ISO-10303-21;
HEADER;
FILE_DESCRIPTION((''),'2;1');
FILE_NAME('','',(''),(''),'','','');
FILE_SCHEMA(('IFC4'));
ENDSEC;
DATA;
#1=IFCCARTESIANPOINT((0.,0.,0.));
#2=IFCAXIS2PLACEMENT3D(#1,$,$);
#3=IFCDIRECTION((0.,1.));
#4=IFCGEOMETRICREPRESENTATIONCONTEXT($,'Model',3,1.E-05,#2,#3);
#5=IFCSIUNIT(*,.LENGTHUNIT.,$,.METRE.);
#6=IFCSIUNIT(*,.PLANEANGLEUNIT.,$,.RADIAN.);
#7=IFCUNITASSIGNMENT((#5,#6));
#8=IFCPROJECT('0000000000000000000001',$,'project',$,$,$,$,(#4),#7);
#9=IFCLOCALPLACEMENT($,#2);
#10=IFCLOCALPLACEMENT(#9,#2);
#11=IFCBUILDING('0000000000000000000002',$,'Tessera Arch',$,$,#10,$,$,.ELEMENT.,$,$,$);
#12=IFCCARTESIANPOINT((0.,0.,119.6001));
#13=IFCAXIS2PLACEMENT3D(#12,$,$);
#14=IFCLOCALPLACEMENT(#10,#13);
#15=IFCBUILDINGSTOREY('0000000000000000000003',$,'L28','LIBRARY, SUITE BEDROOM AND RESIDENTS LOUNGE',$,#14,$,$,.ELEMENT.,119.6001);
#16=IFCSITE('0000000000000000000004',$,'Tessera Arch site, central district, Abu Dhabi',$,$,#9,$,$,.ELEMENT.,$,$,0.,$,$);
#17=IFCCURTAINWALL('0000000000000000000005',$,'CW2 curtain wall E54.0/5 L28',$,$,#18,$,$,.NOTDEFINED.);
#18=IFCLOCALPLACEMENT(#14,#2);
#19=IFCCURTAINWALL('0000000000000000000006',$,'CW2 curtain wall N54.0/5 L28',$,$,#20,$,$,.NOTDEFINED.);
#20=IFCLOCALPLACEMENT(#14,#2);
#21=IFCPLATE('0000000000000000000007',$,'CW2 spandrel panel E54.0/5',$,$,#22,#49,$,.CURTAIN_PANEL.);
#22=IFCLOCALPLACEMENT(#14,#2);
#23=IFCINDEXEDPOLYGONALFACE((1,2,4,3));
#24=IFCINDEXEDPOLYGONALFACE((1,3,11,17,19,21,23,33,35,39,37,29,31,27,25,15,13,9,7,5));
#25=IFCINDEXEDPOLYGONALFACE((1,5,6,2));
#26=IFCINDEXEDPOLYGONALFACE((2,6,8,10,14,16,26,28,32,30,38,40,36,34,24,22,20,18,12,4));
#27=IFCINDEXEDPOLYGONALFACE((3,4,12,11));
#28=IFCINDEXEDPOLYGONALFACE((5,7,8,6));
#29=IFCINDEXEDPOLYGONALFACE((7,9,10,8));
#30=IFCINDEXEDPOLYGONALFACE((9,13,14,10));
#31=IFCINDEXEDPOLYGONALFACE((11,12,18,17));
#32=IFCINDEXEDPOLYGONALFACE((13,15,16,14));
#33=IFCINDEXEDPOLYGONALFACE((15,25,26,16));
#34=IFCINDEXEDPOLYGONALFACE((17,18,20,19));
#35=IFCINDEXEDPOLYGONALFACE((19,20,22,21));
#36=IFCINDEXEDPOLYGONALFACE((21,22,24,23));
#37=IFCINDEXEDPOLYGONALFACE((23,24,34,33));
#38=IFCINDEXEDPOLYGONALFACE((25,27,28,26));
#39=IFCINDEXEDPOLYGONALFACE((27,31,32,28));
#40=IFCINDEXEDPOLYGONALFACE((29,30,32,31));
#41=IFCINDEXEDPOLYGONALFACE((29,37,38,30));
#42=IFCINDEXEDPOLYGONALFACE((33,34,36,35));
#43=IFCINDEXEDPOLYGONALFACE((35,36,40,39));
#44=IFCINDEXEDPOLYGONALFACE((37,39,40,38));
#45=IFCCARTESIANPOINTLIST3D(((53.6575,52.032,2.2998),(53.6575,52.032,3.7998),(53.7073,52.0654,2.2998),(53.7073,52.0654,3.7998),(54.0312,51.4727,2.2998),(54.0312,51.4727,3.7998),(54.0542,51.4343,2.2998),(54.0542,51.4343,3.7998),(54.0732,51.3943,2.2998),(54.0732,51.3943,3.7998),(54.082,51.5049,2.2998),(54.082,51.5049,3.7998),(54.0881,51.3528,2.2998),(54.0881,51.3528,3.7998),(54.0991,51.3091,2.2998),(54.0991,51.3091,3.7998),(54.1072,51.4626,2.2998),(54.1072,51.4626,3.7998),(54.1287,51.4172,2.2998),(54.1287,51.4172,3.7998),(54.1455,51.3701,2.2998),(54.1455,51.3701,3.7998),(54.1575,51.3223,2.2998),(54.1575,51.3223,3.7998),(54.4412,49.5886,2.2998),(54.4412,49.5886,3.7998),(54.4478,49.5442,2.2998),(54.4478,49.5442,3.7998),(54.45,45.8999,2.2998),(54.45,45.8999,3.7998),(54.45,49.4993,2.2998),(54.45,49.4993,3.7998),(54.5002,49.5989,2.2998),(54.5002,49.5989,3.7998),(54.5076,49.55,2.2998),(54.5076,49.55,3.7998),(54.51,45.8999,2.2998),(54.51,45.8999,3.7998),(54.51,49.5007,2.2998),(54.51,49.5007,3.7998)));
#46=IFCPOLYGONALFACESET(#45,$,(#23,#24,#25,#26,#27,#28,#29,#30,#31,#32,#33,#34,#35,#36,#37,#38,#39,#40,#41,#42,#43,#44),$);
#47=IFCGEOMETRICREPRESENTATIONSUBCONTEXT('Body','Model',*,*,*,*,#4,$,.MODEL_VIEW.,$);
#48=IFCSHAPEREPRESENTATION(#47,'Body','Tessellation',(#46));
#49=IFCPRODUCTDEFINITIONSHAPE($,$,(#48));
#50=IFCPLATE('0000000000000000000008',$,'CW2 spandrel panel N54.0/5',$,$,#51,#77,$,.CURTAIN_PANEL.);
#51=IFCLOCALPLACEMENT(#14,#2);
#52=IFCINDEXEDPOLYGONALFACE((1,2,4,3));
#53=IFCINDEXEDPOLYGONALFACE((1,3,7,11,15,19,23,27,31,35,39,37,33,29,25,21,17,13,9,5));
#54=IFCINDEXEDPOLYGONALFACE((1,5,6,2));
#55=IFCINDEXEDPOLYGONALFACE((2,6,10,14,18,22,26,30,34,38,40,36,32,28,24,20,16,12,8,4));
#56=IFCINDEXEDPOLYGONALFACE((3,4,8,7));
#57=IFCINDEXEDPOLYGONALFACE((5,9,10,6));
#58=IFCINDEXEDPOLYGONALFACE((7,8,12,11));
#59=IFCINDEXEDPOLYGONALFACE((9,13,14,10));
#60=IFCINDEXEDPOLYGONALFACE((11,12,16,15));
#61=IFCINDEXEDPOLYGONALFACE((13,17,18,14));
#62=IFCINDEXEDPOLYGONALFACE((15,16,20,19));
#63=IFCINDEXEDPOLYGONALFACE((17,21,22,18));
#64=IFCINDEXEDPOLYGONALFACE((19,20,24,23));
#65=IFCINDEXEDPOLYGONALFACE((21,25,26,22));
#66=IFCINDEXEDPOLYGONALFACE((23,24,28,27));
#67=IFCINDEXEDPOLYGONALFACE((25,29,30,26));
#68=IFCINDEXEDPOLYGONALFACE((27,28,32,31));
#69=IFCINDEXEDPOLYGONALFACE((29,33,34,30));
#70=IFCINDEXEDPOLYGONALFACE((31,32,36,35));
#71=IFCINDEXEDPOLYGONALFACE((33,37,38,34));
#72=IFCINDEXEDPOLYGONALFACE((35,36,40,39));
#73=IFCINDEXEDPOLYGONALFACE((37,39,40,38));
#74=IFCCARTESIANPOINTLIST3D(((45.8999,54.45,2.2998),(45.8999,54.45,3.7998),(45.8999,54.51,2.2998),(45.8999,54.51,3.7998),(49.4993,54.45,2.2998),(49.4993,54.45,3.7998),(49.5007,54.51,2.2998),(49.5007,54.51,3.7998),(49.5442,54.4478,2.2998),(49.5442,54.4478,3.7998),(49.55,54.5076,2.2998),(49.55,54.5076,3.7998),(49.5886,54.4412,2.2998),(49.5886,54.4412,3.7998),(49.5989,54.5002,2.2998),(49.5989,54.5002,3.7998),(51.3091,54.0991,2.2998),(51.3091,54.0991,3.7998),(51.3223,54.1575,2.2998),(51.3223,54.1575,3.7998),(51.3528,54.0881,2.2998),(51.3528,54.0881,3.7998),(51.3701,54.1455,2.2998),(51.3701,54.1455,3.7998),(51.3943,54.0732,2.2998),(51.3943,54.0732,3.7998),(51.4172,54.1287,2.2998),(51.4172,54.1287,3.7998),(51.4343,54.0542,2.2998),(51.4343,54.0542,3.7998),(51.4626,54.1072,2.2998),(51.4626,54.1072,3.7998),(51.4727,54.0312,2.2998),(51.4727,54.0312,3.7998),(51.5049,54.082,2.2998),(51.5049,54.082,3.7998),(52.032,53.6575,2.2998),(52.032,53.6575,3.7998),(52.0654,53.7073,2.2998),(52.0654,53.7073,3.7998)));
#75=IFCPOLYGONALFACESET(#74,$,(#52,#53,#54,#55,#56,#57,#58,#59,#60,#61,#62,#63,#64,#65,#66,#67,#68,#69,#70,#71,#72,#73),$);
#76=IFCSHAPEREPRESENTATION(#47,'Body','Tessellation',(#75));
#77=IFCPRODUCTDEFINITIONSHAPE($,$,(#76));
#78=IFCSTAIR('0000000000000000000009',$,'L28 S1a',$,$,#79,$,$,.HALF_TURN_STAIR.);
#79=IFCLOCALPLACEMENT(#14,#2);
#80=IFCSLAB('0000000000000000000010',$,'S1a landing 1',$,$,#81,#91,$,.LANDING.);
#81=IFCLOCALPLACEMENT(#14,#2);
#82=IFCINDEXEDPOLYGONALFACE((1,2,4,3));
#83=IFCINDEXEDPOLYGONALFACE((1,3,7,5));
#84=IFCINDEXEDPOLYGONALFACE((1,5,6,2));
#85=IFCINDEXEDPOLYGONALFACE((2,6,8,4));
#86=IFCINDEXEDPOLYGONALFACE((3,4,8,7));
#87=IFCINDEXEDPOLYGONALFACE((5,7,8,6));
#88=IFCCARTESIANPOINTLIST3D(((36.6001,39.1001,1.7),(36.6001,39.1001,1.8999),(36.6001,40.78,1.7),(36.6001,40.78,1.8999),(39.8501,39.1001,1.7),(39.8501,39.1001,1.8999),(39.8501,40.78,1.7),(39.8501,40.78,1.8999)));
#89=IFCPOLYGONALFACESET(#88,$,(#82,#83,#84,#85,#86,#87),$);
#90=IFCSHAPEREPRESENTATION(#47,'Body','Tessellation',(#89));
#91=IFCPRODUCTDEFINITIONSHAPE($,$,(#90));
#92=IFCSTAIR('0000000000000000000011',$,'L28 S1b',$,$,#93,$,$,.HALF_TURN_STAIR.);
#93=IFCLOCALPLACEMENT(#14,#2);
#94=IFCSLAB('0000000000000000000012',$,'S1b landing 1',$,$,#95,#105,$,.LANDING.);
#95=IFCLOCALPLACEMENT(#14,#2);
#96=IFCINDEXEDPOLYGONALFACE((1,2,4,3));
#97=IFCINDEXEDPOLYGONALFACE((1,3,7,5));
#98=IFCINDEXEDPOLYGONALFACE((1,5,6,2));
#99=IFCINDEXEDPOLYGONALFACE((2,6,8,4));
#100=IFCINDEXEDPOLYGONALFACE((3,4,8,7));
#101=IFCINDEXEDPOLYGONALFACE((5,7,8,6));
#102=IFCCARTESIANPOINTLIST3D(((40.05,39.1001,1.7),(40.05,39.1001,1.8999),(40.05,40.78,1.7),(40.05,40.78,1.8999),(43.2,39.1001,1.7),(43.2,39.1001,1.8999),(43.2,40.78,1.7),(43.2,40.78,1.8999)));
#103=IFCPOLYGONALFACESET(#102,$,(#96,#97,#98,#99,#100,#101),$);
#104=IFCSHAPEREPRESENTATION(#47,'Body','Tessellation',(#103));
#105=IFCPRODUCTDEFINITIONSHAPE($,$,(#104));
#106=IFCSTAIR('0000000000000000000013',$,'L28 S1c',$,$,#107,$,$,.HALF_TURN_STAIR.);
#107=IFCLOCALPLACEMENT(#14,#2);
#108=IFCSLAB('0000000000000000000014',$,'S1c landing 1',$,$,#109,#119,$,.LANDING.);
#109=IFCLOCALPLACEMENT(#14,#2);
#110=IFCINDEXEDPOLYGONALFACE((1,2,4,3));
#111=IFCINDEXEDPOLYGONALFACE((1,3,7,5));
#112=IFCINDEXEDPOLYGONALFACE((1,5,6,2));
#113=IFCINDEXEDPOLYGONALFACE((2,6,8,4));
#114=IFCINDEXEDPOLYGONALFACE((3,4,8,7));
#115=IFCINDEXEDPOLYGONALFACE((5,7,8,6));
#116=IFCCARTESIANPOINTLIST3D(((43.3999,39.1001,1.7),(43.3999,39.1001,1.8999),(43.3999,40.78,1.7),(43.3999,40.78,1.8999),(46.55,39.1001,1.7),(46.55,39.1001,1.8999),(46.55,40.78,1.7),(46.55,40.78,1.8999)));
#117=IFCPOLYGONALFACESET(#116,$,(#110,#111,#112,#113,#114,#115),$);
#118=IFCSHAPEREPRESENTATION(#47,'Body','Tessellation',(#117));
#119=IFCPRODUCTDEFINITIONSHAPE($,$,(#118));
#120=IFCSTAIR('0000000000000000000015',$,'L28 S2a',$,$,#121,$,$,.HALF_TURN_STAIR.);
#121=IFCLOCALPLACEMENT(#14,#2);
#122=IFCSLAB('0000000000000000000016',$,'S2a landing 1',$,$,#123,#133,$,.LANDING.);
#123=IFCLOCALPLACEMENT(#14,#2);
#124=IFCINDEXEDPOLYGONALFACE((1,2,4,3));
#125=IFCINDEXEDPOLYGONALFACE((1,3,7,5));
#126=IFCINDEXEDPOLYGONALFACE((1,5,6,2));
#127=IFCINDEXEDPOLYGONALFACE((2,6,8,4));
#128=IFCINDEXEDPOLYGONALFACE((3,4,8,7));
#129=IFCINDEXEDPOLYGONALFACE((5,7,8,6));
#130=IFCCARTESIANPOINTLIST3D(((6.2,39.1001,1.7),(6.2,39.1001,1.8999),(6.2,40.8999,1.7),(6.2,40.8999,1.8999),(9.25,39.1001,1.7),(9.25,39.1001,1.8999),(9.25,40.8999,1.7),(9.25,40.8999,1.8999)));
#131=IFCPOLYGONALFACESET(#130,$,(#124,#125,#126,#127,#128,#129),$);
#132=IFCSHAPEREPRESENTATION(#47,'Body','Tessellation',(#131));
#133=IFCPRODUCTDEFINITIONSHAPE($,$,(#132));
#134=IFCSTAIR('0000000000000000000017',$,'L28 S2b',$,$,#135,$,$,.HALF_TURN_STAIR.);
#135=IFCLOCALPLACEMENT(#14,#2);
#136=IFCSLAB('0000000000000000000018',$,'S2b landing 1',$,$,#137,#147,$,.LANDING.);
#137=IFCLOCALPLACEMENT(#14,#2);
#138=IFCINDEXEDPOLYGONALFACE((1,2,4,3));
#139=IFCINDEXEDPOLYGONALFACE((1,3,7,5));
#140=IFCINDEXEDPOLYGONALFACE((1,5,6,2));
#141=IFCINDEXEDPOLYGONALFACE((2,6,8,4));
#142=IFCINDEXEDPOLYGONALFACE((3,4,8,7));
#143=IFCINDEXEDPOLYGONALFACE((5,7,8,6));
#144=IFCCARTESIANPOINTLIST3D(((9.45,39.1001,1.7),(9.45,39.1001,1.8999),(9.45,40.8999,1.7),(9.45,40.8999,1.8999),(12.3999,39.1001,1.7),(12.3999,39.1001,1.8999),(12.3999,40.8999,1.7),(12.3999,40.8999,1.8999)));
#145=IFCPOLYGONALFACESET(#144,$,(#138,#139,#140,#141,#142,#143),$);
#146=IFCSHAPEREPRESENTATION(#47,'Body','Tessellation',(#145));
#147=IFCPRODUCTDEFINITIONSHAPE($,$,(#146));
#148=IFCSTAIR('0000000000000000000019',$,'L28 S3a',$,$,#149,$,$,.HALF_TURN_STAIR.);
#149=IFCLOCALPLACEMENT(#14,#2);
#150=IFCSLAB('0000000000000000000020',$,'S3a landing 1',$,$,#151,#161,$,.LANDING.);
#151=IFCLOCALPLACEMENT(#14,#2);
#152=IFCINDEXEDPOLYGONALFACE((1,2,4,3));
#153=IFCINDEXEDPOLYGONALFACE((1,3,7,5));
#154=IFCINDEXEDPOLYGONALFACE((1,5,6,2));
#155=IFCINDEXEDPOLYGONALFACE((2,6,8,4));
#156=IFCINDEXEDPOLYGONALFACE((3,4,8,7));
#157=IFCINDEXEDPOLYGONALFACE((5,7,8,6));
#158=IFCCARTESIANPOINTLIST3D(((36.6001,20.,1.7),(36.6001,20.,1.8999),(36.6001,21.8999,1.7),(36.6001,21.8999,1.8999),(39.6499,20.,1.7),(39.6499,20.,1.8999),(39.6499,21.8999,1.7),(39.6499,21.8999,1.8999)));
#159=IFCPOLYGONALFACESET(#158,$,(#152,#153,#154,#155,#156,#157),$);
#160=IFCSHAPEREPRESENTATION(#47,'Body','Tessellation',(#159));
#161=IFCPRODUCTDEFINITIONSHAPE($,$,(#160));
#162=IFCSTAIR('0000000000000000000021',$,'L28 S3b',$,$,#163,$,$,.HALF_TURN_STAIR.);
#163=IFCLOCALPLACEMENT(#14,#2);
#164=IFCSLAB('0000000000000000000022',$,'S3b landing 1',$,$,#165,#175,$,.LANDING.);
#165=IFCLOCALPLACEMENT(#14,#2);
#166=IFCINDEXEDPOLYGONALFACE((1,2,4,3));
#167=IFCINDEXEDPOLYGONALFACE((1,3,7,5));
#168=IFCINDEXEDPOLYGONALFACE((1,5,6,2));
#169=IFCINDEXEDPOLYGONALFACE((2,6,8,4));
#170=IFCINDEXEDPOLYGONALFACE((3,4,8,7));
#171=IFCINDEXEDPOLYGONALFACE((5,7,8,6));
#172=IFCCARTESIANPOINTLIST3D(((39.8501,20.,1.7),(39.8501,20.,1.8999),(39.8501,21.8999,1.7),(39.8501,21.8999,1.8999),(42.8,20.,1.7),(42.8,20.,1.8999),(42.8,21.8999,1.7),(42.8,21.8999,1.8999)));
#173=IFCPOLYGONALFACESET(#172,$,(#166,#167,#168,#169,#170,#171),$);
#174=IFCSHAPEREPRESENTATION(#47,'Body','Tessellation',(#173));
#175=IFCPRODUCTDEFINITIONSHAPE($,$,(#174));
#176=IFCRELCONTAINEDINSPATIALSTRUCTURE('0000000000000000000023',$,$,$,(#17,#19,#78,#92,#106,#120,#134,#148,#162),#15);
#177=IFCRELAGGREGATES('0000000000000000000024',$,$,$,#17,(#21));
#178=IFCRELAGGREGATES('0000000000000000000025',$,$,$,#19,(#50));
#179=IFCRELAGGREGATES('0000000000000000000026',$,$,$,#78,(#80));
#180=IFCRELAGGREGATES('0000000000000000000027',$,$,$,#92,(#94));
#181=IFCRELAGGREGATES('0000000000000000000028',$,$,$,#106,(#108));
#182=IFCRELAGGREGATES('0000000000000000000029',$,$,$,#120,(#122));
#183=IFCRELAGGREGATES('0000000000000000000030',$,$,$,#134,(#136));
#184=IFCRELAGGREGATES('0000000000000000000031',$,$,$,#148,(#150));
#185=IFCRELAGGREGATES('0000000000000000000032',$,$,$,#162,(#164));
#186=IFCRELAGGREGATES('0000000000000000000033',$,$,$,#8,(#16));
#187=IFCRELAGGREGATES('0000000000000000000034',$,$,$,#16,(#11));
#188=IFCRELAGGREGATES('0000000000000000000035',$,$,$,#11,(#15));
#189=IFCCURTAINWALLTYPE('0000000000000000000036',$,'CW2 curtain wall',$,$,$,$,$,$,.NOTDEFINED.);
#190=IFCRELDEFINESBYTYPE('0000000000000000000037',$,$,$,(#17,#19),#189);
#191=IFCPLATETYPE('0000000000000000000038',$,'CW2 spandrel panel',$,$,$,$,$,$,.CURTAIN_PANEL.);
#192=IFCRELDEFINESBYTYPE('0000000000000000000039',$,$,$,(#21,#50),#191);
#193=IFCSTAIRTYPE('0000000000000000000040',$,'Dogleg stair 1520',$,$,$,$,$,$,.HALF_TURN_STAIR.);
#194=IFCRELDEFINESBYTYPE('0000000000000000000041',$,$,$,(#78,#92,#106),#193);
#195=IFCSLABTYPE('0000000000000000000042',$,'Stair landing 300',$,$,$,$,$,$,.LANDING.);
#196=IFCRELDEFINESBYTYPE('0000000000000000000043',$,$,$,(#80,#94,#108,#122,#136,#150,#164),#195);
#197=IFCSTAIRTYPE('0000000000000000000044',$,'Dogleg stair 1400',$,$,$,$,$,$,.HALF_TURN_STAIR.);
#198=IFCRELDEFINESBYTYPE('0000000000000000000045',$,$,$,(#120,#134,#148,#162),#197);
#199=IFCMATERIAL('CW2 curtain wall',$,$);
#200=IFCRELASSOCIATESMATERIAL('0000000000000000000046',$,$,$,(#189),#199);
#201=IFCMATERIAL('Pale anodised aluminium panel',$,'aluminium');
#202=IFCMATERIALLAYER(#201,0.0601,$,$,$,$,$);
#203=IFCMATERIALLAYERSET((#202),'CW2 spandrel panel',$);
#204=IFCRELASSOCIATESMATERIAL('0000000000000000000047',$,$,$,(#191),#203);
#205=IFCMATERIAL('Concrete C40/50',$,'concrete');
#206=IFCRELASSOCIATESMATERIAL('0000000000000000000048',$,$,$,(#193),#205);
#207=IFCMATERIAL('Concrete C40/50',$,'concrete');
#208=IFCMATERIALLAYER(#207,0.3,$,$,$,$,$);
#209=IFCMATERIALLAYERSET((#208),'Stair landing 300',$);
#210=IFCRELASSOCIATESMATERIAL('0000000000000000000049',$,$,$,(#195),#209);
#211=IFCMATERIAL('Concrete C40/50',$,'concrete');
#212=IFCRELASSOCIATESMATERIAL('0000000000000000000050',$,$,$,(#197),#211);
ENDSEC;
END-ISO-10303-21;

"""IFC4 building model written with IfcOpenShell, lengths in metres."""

from ifc_helpers import new_model, si_unit, direction, frame, origin, place, context, subcontext, project, spatial, polyline, outline, extrude, material, layer, layer_set, type_object, element, aggregate, save


model = new_model("IFC4")

# Units and contexts
model_context = context("Model", 3, precision=1e-05, world=origin(), true_north=direction((0.0, 1.0)))
body_context = subcontext(model_context, "Body", "Model", "MODEL_VIEW")
ifc_project = project(units=[si_unit("LENGTHUNIT", "METRE"), si_unit("PLANEANGLEUNIT", "RADIAN")], contexts=[model_context])

# Site, building, storey
site_placement = place(None, origin())
site = spatial("IfcSite", under=ifc_project, at=site_placement, Name="Tessera Arch site, central district, Abu Dhabi", CompositionType="ELEMENT", RefElevation=0.0)
building_placement = place(site_placement, origin())
building = spatial("IfcBuilding", under=site, at=building_placement, Name="Tessera Arch", CompositionType="ELEMENT")
storey_placement = place(building_placement, frame((0.0, 0.0, 119.6001)))
storey = spatial("IfcBuildingStorey", under=building, at=storey_placement, Name="L28", Description="LIBRARY, SUITE BEDROOM AND RESIDENTS LOUNGE", CompositionType="ELEMENT", Elevation=119.6001)

# Curtain walls
ifc_material_1 = material(Name="CW2 curtain wall")
curtain_wall_type = type_object("IfcCurtainWallType", Name="CW2 curtain wall", PredefinedType="NOTDEFINED", material=ifc_material_1)
curtain_wall_1_placement = place(storey_placement, origin())
curtain_wall_1 = element("IfcCurtainWall", 1, at=curtain_wall_1_placement, inside=storey, type_object=curtain_wall_type, Name="CW2 curtain wall E54.0/5 L28", PredefinedType="NOTDEFINED")
curtain_wall_2_placement = place(storey_placement, origin())
curtain_wall_2 = element("IfcCurtainWall", 2, at=curtain_wall_2_placement, inside=storey, type_object=curtain_wall_type, Name="CW2 curtain wall N54.0/5 L28", PredefinedType="NOTDEFINED")

# Plates
ifc_material_2 = material(Name="Pale anodised aluminium panel", Category="aluminium")
ifc_layer_1 = layer(ifc_material_2, 0.0601)
ifc_layer_set_1 = layer_set([ifc_layer_1], Name="CW2 spandrel panel")
plate_type_1 = type_object("IfcPlateType", Name="CW2 spandrel panel", PredefinedType="CURTAIN_PANEL", material=ifc_layer_set_1)
plate_1_placement = place(storey_placement, frame((0.0, 0.0, 2.2998)))
plate_1 = element("IfcPlate", 3, at=plate_1_placement, type_object=plate_type_1, Name="CW2 spandrel panel E54.0/5", PredefinedType="CURTAIN_PANEL", context=body_context, shape_type="SweptSolid", body=[
    extrude(outline(polyline([(54.45, 49.4993), (54.45, 45.8999), (54.51, 45.8999), (54.51, 49.5007), (54.5076, 49.55), (54.5002, 49.5989), (54.1575, 51.3223), (54.1455, 51.3701), (54.1287, 51.4172), (54.1072, 51.4626), (54.082, 51.5049), (53.7073, 52.0654), (53.6575, 52.032), (54.0312, 51.4727), (54.0542, 51.4343), (54.0732, 51.3943), (54.0881, 51.3528), (54.0991, 51.3091), (54.4412, 49.5886), (54.4478, 49.5442), (54.45, 49.4993)])), origin(), (0.0, 0.0, 1.0), 1.5),
])
aggregate(curtain_wall_1, [plate_1])
plate_2_placement = place(storey_placement, frame((0.0, 0.0, 2.2998)))
plate_2 = element("IfcPlate", 4, at=plate_2_placement, type_object=plate_type_1, Name="CW2 spandrel panel N54.0/5", PredefinedType="CURTAIN_PANEL", context=body_context, shape_type="SweptSolid", body=[
    extrude(outline(polyline([(51.4727, 54.0312), (52.032, 53.6575), (52.0654, 53.7073), (51.5049, 54.082), (51.4626, 54.1072), (51.4172, 54.1287), (51.3701, 54.1455), (51.3223, 54.1575), (49.5989, 54.5002), (49.55, 54.5076), (49.5007, 54.51), (45.8999, 54.51), (45.8999, 54.45), (49.4993, 54.45), (49.5442, 54.4478), (49.5886, 54.4412), (51.3091, 54.0991), (51.3528, 54.0881), (51.3943, 54.0732), (51.4343, 54.0542), (51.4727, 54.0312)])), origin(), (0.0, 0.0, 1.0), 1.5),
])
aggregate(curtain_wall_2, [plate_2])

# Stairs, slabs
ifc_material_3 = material(Name="Concrete C40/50", Category="concrete")
stair_type_1 = type_object("IfcStairType", Name="Dogleg stair 1520", PredefinedType="HALF_TURN_STAIR", material=ifc_material_3)
stair_1_placement = place(storey_placement, origin())
stair_1 = element("IfcStair", 5, at=stair_1_placement, inside=storey, type_object=stair_type_1, Name="L28 S1a", PredefinedType="HALF_TURN_STAIR")
ifc_material_4 = material(Name="Concrete C40/50", Category="concrete")
ifc_layer_2 = layer(ifc_material_4, 0.3)
ifc_layer_set_2 = layer_set([ifc_layer_2], Name="Stair landing 300")
slab_type = type_object("IfcSlabType", Name="Stair landing 300", PredefinedType="LANDING", material=ifc_layer_set_2)
slab_1_placement = place(storey_placement, frame((0.0, 0.0, 1.7)))
slab_1 = element("IfcSlab", 6, at=slab_1_placement, type_object=slab_type, Name="S1a landing 1", PredefinedType="LANDING", context=body_context, shape_type="SweptSolid", body=[
    extrude(outline(polyline([(36.6001, 40.78), (36.6001, 39.1001), (39.8501, 39.1001), (39.8501, 40.78), (36.6001, 40.78)])), origin(), (0.0, 0.0, 1.0), 0.2),
])
aggregate(stair_1, [slab_1])
stair_2_placement = place(storey_placement, origin())
stair_2 = element("IfcStair", 7, at=stair_2_placement, inside=storey, type_object=stair_type_1, Name="L28 S1b", PredefinedType="HALF_TURN_STAIR")
slab_2_placement = place(storey_placement, frame((0.0, 0.0, 1.7)))
slab_2 = element("IfcSlab", 8, at=slab_2_placement, type_object=slab_type, Name="S1b landing 1", PredefinedType="LANDING", context=body_context, shape_type="SweptSolid", body=[
    extrude(outline(polyline([(40.05, 40.78), (40.05, 39.1001), (43.2, 39.1001), (43.2, 40.78), (40.05, 40.78)])), origin(), (0.0, 0.0, 1.0), 0.2),
])
aggregate(stair_2, [slab_2])
stair_3_placement = place(storey_placement, origin())
stair_3 = element("IfcStair", 9, at=stair_3_placement, inside=storey, type_object=stair_type_1, Name="L28 S1c", PredefinedType="HALF_TURN_STAIR")
slab_3_placement = place(storey_placement, frame((0.0, 0.0, 1.7)))
slab_3 = element("IfcSlab", 10, at=slab_3_placement, type_object=slab_type, Name="S1c landing 1", PredefinedType="LANDING", context=body_context, shape_type="SweptSolid", body=[
    extrude(outline(polyline([(43.3999, 40.78), (43.3999, 39.1001), (46.55, 39.1001), (46.55, 40.78), (43.3999, 40.78)])), origin(), (0.0, 0.0, 1.0), 0.2),
])
aggregate(stair_3, [slab_3])
ifc_material_5 = material(Name="Concrete C40/50", Category="concrete")
stair_type_2 = type_object("IfcStairType", Name="Dogleg stair 1400", PredefinedType="HALF_TURN_STAIR", material=ifc_material_5)
stair_4_placement = place(storey_placement, origin())
stair_4 = element("IfcStair", 11, at=stair_4_placement, inside=storey, type_object=stair_type_2, Name="L28 S2a", PredefinedType="HALF_TURN_STAIR")
slab_4_placement = place(storey_placement, frame((0.0, 0.0, 1.7)))
slab_4 = element("IfcSlab", 12, at=slab_4_placement, type_object=slab_type, Name="S2a landing 1", PredefinedType="LANDING", context=body_context, shape_type="SweptSolid", body=[
    extrude(outline(polyline([(6.2, 40.8999), (6.2, 39.1001), (9.25, 39.1001), (9.25, 40.8999), (6.2, 40.8999)])), origin(), (0.0, 0.0, 1.0), 0.2),
])
aggregate(stair_4, [slab_4])
stair_5_placement = place(storey_placement, origin())
stair_5 = element("IfcStair", 13, at=stair_5_placement, inside=storey, type_object=stair_type_2, Name="L28 S2b", PredefinedType="HALF_TURN_STAIR")
slab_5_placement = place(storey_placement, frame((0.0, 0.0, 1.7)))
slab_5 = element("IfcSlab", 14, at=slab_5_placement, type_object=slab_type, Name="S2b landing 1", PredefinedType="LANDING", context=body_context, shape_type="SweptSolid", body=[
    extrude(outline(polyline([(9.45, 40.8999), (9.45, 39.1001), (12.3999, 39.1001), (12.3999, 40.8999), (9.45, 40.8999)])), origin(), (0.0, 0.0, 1.0), 0.2),
])
aggregate(stair_5, [slab_5])
stair_6_placement = place(storey_placement, origin())
stair_6 = element("IfcStair", 15, at=stair_6_placement, inside=storey, type_object=stair_type_2, Name="L28 S3a", PredefinedType="HALF_TURN_STAIR")
slab_6_placement = place(storey_placement, frame((0.0, 0.0, 1.7)))
slab_6 = element("IfcSlab", 16, at=slab_6_placement, type_object=slab_type, Name="S3a landing 1", PredefinedType="LANDING", context=body_context, shape_type="SweptSolid", body=[
    extrude(outline(polyline([(39.6499, 20.0), (39.6499, 21.8999), (36.6001, 21.8999), (36.6001, 20.0), (39.6499, 20.0)])), origin(), (0.0, 0.0, 1.0), 0.2),
])
aggregate(stair_6, [slab_6])
stair_7_placement = place(storey_placement, origin())
stair_7 = element("IfcStair", 17, at=stair_7_placement, inside=storey, type_object=stair_type_2, Name="L28 S3b", PredefinedType="HALF_TURN_STAIR")
slab_7_placement = place(storey_placement, frame((0.0, 0.0, 1.7)))
slab_7 = element("IfcSlab", 18, at=slab_7_placement, type_object=slab_type, Name="S3b landing 1", PredefinedType="LANDING", context=body_context, shape_type="SweptSolid", body=[
    extrude(outline(polyline([(42.8, 20.0), (42.8, 21.8999), (39.8501, 21.8999), (39.8501, 20.0), (42.8, 20.0)])), origin(), (0.0, 0.0, 1.0), 0.2),
])
aggregate(stair_7, [slab_7])

save(model, "model.ifc")
